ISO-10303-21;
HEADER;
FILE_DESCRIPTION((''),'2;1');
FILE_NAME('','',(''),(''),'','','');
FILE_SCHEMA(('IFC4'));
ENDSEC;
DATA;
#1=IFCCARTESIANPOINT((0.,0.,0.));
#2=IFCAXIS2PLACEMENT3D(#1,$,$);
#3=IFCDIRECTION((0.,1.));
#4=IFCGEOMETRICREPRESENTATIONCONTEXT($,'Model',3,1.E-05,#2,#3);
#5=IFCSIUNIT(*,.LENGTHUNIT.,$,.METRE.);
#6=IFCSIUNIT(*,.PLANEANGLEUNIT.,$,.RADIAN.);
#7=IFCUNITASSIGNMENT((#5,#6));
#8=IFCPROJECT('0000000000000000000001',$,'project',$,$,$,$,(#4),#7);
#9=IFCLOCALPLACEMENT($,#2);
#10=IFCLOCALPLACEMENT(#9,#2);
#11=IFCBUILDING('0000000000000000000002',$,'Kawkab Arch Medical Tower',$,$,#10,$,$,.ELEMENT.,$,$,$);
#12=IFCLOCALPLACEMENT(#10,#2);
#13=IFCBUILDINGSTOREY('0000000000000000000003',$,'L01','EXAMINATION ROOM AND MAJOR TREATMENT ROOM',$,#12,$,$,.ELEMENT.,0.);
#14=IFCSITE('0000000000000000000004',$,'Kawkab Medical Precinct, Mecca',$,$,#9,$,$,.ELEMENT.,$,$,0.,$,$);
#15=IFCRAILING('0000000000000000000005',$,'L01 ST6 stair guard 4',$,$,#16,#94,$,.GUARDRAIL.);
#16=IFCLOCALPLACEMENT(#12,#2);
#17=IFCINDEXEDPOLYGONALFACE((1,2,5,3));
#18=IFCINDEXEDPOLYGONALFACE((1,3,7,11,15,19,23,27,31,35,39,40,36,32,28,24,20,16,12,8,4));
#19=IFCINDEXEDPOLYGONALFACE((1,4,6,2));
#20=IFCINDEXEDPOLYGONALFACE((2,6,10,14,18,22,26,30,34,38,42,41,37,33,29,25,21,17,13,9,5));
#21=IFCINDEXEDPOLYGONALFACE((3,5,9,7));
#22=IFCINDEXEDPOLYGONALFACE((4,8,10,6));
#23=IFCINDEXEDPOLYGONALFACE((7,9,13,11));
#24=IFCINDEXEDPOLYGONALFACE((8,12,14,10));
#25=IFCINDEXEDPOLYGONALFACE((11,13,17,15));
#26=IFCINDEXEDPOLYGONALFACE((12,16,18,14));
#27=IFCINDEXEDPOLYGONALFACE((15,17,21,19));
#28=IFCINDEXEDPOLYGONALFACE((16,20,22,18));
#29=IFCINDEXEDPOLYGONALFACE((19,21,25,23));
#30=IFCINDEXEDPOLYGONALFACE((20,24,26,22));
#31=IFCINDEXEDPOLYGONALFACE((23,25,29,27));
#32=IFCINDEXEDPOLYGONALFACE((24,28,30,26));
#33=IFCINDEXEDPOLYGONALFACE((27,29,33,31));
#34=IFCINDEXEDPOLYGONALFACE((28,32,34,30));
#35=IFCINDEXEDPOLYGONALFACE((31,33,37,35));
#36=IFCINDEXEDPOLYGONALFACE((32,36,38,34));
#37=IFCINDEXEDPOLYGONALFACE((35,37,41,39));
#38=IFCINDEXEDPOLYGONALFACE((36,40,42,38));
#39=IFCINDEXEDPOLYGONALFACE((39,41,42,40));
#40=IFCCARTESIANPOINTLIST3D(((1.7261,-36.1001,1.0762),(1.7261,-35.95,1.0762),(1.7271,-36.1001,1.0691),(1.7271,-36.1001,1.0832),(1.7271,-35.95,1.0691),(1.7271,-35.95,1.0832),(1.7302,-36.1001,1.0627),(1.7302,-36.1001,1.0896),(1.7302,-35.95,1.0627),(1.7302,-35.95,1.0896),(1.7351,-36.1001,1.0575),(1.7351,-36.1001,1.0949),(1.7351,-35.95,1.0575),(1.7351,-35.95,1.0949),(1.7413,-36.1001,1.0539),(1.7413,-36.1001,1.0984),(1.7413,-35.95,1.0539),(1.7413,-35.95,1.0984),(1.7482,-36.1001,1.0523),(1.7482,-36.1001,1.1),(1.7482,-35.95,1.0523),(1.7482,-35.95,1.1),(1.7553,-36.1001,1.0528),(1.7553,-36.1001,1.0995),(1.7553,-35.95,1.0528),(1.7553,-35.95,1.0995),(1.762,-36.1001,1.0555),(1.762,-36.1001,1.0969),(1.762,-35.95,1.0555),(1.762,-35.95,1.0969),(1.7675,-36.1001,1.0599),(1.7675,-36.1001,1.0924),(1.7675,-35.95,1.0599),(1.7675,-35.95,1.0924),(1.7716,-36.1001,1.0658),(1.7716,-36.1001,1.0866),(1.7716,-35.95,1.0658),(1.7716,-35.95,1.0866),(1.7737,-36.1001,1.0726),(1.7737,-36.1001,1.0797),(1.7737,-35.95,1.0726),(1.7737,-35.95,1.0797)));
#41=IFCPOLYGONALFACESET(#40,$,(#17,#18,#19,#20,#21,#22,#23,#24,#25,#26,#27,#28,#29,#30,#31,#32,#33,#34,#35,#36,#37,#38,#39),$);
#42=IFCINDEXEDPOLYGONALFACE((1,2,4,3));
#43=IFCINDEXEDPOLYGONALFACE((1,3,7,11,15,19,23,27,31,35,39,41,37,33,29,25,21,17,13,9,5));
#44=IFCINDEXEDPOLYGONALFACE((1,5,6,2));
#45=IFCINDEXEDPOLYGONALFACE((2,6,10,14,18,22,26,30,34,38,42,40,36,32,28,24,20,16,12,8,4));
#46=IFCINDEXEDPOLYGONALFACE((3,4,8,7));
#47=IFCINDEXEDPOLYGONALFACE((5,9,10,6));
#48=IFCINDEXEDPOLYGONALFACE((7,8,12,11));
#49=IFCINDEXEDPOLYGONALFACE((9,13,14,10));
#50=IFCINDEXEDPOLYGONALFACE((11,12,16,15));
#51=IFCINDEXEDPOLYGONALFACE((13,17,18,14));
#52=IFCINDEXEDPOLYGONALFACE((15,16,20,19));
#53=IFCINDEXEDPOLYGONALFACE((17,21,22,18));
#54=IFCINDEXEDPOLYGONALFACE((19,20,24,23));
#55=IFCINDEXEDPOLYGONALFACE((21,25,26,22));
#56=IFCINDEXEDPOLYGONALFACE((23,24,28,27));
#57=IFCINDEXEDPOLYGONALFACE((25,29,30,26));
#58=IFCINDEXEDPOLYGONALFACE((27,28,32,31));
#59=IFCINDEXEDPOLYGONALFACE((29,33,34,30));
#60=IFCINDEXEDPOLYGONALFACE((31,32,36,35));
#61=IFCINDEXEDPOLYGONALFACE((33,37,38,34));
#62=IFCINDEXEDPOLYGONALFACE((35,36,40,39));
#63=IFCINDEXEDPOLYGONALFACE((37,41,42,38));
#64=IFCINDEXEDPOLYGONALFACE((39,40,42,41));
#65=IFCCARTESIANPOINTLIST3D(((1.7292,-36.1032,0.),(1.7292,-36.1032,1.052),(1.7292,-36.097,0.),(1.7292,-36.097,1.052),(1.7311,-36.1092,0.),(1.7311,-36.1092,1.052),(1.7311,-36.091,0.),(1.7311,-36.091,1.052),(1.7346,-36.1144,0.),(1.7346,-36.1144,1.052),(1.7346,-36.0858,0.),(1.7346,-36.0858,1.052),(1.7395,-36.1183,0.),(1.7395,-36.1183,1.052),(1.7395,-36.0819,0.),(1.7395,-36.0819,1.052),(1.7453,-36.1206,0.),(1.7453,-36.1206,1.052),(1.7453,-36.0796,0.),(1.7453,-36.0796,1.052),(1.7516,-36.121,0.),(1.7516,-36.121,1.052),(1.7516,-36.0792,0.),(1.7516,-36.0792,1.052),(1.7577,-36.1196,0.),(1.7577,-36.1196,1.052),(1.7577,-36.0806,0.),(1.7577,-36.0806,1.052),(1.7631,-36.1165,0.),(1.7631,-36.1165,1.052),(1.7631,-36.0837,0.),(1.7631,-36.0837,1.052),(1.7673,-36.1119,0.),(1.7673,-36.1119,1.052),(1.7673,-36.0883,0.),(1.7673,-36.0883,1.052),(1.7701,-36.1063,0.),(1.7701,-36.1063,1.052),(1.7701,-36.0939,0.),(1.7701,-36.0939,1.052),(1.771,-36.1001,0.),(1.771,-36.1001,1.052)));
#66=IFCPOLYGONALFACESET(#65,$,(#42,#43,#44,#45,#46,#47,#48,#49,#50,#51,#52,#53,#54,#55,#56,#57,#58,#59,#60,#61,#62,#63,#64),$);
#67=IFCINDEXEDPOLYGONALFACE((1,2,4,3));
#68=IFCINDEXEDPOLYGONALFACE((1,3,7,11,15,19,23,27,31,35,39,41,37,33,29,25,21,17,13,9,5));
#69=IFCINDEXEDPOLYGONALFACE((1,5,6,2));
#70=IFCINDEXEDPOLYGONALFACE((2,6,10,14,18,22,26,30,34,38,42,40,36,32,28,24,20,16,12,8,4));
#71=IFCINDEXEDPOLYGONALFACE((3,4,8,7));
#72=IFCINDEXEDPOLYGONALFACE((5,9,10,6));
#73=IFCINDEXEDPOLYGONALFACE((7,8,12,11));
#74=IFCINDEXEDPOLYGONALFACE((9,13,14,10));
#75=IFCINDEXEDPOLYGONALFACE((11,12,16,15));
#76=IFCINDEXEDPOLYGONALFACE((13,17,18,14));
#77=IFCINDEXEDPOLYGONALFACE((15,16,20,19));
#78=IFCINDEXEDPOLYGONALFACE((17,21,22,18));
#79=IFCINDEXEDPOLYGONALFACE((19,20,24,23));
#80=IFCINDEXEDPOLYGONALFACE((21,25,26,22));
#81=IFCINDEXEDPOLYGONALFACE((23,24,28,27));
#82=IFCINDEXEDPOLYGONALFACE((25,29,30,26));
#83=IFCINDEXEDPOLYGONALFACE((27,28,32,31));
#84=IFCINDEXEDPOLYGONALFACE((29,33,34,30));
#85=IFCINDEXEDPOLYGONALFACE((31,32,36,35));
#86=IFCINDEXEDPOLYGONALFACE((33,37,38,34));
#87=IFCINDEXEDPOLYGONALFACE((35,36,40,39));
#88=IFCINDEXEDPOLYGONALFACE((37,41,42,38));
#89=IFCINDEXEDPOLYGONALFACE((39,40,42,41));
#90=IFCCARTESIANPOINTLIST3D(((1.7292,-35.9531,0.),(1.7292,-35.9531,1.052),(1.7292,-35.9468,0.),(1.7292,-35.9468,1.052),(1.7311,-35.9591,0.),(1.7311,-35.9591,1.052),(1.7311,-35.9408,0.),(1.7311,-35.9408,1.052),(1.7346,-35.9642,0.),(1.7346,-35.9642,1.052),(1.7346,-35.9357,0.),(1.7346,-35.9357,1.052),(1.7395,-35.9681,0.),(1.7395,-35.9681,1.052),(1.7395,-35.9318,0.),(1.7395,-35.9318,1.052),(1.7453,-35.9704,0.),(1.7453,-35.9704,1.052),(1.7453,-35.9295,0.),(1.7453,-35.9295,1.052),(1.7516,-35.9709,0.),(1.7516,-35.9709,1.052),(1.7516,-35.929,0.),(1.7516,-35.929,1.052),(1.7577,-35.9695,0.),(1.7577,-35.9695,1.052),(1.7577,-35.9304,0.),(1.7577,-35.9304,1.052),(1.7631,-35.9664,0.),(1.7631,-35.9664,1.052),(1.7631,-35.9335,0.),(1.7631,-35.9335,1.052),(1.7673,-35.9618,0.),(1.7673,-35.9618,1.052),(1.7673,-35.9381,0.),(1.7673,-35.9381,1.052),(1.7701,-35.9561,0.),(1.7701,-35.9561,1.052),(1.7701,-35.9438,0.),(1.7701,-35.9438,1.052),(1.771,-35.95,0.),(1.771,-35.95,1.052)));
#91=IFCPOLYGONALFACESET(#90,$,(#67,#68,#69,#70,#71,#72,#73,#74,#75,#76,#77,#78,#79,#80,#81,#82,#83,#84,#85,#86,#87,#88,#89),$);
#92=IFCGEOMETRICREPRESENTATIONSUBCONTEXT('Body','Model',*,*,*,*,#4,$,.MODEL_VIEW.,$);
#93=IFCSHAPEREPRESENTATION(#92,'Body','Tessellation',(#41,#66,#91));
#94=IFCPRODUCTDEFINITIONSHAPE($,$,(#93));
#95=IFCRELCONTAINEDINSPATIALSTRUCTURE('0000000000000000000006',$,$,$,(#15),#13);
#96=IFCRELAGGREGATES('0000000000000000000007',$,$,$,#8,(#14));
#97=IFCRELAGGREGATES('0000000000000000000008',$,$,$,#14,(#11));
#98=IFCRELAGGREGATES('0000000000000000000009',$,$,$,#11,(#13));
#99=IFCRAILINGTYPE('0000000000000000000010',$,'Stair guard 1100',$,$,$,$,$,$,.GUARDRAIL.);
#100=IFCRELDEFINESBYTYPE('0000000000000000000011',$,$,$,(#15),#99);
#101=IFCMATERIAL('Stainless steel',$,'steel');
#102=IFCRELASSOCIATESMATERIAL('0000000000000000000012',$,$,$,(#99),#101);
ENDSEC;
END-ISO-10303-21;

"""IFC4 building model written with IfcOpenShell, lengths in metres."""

from ifc_helpers import new_model, si_unit, direction, frame, origin, origin_2d, place, context, subcontext, project, spatial, circle, extrude, material, type_object, element, save


model = new_model("IFC4")

# Units and contexts
model_context = context("Model", 3, precision=1e-05, world=origin(), true_north=direction((0.0, 1.0)))
body_context = subcontext(model_context, "Body", "Model", "MODEL_VIEW")
ifc_project = project(units=[si_unit("LENGTHUNIT", "METRE"), si_unit("PLANEANGLEUNIT", "RADIAN")], contexts=[model_context])

# Site, building, storey
site_placement = place(None, origin())
site = spatial("IfcSite", under=ifc_project, at=site_placement, Name="Kawkab Medical Precinct, Mecca", CompositionType="ELEMENT", RefElevation=0.0)
building_placement = place(site_placement, origin())
building = spatial("IfcBuilding", under=site, at=building_placement, Name="Kawkab Arch Medical Tower", CompositionType="ELEMENT")
storey_placement = place(building_placement, origin())
storey = spatial("IfcBuildingStorey", under=building, at=storey_placement, Name="L01", Description="EXAMINATION ROOM AND MAJOR TREATMENT ROOM", CompositionType="ELEMENT", Elevation=0.0)

# Railing
ifc_material_1 = material(Name="Stainless steel", Category="steel")
railing_type = type_object("IfcRailingType", Name="Stair guard 1100", PredefinedType="GUARDRAIL", material=ifc_material_1)
railing_1_placement = place(storey_placement, frame((1.75, -36.1001, 0.0)))
element("IfcRailing", 1, at=railing_1_placement, inside=storey, type_object=railing_type, Name="L01 ST6 stair guard 4", PredefinedType="GUARDRAIL", context=body_context, shape_type="SweptSolid", body=[
    extrude(circle(Radius=0.0239, at=origin_2d()), frame((0.0, 0.0, 1.0762), z_axis=(0.0, 1.0, 0.0), x_axis=(-1.0, 0.0, 0.0)), (0.0, 0.0, 1.0), 0.1501),
    extrude(circle(Radius=0.021, at=origin_2d()), origin(), (0.0, 0.0, 1.0), 1.052),
    extrude(circle(Radius=0.021, at=origin_2d()), frame((0.0, 0.1501, 0.0)), (0.0, 0.0, 1.0), 1.052),
])

save(model, "model.ifc")
